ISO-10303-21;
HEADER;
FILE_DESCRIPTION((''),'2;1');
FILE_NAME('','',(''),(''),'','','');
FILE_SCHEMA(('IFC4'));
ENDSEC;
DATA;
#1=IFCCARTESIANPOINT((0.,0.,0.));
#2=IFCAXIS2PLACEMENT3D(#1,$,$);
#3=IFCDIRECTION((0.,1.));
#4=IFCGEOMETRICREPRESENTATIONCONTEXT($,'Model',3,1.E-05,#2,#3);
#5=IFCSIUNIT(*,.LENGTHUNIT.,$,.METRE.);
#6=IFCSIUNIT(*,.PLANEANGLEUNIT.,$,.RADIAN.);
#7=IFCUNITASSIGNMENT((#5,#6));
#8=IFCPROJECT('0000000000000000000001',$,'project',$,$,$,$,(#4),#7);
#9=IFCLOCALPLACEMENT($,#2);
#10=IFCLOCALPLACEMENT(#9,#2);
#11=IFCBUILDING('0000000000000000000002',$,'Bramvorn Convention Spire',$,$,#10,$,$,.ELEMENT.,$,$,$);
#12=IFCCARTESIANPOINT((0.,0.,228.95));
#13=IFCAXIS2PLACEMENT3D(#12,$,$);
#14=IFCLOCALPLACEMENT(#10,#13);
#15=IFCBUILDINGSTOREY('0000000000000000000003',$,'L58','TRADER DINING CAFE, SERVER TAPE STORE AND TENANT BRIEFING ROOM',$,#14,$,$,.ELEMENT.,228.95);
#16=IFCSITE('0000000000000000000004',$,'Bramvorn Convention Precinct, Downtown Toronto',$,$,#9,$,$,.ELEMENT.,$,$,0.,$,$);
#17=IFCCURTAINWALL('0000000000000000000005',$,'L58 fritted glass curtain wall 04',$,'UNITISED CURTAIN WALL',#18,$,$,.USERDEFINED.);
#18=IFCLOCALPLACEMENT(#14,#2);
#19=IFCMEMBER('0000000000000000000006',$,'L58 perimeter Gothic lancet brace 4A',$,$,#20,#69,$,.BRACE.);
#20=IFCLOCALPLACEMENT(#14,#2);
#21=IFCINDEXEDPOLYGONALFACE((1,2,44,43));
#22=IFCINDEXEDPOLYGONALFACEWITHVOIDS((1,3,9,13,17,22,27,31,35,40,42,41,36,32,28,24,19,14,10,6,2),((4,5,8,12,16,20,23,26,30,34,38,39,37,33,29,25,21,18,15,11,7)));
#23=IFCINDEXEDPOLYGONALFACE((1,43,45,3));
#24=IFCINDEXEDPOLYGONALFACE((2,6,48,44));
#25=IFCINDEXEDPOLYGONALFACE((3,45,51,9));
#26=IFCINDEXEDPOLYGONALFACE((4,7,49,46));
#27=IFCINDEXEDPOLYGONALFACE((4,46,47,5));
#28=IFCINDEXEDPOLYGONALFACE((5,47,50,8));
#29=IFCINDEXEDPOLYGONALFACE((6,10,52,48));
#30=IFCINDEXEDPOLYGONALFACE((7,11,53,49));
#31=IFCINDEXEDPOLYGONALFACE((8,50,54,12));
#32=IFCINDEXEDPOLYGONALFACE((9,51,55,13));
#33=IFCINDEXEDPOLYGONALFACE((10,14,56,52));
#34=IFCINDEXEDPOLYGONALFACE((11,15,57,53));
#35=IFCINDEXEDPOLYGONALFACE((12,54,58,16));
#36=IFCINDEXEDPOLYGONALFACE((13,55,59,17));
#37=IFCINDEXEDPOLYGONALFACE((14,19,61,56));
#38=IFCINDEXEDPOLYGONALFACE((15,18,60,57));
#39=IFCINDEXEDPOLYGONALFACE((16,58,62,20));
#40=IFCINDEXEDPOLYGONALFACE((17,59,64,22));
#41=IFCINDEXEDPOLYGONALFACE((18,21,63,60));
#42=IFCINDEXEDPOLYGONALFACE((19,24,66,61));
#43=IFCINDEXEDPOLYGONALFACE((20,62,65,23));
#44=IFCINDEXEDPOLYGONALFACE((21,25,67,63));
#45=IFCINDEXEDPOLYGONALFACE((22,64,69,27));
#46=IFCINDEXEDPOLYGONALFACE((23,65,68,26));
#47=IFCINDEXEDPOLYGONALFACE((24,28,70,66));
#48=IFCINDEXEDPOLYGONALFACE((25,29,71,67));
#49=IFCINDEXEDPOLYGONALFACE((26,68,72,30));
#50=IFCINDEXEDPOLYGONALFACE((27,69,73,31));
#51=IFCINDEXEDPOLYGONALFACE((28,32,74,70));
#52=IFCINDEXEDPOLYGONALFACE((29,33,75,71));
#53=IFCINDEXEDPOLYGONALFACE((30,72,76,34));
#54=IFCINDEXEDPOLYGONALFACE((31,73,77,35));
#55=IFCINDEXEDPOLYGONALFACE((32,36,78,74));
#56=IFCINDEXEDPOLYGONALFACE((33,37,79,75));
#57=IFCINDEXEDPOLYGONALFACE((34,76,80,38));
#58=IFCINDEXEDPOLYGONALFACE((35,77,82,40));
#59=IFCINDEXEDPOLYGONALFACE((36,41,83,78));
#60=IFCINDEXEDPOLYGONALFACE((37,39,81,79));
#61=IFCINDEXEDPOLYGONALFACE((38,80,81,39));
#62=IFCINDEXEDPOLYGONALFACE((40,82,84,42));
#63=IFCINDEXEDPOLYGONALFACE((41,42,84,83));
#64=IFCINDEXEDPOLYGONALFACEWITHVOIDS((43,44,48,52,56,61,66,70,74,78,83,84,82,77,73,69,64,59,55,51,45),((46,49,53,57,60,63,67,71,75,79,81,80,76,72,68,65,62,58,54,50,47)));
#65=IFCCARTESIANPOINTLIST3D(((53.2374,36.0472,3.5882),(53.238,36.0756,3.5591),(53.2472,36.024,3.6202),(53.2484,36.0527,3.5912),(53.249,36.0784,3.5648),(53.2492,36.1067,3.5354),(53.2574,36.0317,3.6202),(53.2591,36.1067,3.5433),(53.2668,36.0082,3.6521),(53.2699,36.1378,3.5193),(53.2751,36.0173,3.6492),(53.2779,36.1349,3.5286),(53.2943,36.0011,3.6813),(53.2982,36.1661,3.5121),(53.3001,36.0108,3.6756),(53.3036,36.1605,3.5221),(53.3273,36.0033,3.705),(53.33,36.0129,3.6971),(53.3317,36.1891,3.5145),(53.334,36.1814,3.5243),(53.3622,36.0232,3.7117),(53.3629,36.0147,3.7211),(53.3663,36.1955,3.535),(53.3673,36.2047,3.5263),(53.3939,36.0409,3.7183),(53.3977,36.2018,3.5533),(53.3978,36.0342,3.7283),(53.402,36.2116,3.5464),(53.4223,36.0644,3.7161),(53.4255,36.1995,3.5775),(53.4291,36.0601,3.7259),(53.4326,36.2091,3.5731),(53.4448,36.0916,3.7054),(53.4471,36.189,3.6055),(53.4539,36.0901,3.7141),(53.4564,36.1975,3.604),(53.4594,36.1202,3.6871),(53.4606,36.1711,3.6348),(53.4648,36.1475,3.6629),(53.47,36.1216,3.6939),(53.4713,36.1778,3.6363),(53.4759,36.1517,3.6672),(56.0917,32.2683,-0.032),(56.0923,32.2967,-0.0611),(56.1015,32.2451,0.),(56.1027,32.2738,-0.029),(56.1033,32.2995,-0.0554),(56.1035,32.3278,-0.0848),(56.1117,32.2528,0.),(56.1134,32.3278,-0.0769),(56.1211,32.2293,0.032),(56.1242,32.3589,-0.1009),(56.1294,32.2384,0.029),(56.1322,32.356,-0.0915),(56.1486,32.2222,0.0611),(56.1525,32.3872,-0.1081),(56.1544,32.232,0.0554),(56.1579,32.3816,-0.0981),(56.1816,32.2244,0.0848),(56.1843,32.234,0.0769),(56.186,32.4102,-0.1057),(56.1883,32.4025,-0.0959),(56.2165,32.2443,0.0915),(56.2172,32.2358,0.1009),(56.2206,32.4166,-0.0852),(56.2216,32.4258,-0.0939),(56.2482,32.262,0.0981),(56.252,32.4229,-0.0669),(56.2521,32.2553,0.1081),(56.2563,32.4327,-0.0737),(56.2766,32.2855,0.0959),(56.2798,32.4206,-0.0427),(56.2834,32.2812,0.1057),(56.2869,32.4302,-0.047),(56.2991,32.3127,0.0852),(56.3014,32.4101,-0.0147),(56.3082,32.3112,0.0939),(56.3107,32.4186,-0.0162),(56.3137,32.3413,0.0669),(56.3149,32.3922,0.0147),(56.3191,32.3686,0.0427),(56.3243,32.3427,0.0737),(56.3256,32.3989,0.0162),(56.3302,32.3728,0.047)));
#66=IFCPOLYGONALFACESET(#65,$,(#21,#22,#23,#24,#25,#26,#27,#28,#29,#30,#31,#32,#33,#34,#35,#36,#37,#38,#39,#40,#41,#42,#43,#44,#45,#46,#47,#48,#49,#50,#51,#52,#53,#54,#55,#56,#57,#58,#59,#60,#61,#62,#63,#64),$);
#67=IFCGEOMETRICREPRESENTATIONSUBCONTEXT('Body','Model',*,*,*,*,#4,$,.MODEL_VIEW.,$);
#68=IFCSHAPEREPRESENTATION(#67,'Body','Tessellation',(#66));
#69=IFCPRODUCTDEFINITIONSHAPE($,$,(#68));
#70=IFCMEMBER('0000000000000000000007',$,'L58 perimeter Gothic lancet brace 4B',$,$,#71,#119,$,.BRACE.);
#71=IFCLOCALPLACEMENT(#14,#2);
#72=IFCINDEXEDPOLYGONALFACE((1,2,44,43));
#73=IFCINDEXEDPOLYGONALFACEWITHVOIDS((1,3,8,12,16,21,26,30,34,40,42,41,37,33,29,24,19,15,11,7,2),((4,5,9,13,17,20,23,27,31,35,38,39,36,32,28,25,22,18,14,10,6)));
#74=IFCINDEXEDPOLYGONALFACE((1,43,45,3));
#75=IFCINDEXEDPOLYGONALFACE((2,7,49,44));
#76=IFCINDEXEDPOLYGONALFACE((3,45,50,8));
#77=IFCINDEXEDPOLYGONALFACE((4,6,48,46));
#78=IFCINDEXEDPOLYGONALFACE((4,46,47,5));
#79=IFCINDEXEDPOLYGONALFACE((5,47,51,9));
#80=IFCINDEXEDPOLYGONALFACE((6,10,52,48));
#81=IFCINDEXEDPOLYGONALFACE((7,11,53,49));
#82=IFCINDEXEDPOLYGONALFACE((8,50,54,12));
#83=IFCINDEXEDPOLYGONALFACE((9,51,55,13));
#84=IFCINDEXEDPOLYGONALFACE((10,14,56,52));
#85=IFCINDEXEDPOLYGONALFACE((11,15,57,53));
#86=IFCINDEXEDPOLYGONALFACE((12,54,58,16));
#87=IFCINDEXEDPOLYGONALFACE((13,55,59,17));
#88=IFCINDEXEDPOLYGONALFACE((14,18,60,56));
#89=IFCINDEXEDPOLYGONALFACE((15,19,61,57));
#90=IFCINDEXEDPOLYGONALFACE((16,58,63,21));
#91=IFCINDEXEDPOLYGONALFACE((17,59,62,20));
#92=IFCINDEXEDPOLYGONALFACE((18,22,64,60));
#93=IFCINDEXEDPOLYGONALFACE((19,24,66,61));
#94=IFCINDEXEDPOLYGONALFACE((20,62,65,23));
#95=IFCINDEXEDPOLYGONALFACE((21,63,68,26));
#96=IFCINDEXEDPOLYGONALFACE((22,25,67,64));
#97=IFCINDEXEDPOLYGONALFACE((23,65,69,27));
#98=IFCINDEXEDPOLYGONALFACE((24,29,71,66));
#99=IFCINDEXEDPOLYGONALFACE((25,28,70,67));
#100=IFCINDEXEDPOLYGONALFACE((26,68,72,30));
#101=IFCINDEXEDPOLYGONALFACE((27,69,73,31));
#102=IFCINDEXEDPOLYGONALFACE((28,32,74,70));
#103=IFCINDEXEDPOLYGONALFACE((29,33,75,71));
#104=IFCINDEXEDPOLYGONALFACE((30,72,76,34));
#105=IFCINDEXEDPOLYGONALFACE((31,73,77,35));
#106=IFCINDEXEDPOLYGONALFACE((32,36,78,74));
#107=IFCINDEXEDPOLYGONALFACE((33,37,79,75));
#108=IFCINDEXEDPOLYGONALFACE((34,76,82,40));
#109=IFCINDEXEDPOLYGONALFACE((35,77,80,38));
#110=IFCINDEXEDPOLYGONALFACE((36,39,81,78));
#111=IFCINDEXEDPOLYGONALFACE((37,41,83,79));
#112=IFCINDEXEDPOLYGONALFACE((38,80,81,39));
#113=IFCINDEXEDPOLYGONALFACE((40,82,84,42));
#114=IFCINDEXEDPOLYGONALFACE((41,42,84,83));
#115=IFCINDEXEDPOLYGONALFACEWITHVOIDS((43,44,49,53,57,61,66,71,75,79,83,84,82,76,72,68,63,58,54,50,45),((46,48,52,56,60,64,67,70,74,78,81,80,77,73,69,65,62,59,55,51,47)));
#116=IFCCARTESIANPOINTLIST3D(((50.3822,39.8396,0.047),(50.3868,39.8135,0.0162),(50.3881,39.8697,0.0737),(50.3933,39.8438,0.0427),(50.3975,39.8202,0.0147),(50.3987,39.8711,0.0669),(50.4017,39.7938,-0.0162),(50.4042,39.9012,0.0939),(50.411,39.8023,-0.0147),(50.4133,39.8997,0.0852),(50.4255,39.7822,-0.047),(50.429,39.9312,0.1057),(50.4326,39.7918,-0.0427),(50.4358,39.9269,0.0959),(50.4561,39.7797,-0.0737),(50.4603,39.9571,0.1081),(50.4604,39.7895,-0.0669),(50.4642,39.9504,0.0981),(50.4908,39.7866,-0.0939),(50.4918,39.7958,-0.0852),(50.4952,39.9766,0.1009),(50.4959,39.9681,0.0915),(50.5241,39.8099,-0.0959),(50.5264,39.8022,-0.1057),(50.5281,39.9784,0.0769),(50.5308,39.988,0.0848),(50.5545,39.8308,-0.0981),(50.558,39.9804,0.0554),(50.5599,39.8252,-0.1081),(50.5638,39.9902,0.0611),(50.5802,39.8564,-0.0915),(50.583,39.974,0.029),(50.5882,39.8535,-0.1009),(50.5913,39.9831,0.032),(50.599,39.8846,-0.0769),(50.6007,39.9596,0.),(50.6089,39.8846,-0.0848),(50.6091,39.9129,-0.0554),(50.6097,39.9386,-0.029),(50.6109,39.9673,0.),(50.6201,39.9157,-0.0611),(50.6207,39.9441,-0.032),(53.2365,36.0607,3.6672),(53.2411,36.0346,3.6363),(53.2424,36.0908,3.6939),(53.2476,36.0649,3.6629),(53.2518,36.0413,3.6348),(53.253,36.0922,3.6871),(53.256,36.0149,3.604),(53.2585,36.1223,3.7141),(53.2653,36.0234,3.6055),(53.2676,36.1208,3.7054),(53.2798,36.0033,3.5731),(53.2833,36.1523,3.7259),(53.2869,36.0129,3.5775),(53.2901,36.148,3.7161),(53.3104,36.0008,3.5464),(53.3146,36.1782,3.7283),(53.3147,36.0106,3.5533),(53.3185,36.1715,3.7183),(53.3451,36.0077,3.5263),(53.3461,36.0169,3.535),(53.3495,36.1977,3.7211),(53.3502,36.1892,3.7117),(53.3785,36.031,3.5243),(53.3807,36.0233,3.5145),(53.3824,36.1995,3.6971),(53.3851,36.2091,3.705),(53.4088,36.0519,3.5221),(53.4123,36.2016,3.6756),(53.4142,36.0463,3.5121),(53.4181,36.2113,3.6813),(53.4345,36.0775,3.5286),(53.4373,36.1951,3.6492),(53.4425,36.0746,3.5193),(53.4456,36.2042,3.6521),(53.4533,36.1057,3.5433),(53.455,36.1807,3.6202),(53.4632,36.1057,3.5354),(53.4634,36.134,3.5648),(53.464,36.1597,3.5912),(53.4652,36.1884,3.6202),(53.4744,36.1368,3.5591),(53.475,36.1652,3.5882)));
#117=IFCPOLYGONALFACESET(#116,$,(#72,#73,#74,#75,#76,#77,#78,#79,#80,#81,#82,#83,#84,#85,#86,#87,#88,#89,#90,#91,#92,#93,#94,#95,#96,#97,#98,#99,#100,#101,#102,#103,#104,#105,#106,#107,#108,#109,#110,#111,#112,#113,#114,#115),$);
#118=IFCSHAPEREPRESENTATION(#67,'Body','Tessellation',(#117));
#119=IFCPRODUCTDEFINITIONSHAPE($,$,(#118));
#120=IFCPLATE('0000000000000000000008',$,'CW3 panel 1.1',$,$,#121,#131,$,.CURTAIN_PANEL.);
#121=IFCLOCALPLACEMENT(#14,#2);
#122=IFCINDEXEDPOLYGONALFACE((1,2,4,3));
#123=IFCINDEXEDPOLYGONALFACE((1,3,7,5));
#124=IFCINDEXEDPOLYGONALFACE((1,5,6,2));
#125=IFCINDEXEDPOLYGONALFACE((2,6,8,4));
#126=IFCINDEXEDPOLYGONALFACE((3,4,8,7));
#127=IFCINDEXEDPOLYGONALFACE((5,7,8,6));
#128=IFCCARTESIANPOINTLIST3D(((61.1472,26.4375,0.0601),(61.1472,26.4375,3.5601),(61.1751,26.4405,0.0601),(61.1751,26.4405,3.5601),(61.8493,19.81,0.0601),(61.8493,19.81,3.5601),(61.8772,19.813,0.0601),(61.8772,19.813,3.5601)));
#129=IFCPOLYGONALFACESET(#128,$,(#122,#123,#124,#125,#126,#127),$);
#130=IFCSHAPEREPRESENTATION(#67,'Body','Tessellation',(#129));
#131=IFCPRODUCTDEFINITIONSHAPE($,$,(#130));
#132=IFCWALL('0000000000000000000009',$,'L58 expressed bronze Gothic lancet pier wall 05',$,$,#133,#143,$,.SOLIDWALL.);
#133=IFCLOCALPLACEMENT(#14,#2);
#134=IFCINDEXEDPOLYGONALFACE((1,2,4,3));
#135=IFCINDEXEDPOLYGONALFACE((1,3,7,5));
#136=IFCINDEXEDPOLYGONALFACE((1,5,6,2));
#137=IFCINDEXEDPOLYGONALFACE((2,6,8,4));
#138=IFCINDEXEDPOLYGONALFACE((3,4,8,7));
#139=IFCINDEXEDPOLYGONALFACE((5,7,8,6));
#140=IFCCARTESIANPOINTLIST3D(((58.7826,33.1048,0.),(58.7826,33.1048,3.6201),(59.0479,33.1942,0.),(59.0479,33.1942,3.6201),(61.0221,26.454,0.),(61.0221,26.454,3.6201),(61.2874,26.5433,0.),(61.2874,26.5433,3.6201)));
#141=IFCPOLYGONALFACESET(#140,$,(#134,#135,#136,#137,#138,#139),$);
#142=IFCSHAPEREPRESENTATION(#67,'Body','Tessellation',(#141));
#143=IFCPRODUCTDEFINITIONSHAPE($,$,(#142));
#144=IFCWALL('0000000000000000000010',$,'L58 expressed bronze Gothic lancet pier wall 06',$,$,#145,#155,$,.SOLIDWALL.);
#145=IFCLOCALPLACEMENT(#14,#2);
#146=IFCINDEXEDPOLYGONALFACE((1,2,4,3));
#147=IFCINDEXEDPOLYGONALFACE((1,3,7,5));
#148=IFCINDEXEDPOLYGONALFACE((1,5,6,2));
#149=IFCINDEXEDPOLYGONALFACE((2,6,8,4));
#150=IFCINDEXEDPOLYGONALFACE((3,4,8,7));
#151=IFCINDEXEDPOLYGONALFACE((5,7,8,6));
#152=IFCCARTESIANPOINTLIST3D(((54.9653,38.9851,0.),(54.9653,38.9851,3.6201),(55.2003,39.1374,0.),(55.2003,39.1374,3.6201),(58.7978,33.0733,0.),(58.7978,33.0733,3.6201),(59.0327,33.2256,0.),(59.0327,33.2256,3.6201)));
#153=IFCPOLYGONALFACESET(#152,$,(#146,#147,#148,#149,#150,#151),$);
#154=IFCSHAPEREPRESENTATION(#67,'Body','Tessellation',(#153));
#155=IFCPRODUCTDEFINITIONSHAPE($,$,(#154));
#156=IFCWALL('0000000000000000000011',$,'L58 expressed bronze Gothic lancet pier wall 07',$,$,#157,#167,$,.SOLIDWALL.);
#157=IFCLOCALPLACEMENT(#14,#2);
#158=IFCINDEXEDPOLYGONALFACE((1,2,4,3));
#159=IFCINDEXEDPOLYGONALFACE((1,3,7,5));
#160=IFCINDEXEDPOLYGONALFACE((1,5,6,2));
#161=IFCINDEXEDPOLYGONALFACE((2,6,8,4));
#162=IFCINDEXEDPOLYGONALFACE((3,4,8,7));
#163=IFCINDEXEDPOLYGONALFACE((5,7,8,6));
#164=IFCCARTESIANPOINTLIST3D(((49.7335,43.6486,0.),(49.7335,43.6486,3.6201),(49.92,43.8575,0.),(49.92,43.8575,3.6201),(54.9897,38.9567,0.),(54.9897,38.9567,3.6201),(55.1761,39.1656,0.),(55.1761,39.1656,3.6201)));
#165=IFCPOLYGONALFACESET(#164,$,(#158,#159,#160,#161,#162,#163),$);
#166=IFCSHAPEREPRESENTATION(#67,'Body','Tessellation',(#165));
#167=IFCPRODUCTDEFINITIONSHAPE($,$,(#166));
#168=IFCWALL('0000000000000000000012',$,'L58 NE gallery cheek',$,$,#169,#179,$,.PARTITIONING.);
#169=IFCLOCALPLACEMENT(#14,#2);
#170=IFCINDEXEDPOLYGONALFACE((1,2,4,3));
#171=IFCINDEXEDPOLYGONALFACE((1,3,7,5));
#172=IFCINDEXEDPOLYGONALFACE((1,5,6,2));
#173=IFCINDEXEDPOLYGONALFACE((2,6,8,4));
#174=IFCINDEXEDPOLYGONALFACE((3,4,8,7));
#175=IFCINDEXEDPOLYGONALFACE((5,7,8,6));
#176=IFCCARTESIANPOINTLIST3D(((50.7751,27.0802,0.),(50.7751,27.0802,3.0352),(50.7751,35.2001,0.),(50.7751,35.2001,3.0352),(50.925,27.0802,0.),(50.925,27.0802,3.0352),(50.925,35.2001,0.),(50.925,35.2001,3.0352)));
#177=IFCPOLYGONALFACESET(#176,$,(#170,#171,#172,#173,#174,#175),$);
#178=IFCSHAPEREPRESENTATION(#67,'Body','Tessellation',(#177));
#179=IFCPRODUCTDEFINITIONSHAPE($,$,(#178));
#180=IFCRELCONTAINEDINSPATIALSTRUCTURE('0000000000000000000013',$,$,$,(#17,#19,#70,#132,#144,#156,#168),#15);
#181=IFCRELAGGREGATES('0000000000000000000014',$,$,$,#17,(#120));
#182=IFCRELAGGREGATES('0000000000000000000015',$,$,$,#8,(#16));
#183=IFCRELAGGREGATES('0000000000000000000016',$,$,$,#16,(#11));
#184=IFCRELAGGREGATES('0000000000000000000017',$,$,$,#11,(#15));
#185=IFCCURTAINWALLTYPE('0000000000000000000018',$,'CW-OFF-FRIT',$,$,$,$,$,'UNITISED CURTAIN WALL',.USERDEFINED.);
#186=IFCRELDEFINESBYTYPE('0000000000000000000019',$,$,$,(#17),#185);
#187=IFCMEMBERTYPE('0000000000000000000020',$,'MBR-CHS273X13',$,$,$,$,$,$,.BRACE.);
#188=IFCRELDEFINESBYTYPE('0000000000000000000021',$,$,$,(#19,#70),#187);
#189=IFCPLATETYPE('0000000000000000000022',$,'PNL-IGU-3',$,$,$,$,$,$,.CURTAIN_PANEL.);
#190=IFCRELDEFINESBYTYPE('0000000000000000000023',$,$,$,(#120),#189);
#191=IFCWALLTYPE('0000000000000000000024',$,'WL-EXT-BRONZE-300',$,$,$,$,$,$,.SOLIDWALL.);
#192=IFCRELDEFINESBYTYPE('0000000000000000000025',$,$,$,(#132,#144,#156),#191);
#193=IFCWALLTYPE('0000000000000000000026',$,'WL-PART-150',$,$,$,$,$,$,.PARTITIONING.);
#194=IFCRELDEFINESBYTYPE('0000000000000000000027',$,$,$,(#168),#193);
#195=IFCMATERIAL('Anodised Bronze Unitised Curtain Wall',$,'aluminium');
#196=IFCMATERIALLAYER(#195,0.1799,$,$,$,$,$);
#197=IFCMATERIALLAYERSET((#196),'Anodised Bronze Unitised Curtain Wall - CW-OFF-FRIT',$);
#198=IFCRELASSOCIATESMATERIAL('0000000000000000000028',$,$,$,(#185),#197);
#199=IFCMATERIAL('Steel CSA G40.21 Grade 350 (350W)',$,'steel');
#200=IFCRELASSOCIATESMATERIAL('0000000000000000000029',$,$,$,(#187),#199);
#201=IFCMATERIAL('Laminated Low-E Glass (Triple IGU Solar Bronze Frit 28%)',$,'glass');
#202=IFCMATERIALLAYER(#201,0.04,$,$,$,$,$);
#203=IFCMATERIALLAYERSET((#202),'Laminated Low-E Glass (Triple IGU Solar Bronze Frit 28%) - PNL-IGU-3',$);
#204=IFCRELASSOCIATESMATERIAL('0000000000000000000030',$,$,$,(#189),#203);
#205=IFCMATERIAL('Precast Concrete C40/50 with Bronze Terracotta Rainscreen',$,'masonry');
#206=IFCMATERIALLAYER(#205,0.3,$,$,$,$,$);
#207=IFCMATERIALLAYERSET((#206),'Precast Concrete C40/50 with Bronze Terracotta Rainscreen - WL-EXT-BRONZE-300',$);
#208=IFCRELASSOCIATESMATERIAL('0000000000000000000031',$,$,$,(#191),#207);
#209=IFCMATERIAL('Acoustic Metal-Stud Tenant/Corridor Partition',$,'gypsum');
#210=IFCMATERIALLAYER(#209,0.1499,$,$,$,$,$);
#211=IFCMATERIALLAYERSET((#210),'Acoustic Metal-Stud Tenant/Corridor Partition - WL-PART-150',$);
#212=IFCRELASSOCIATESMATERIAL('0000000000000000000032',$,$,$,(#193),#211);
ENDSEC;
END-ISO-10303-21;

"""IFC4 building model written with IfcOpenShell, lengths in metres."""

from ifc_helpers import new_model, si_unit, direction, frame, frame_2d, origin, origin_2d, place, context, subcontext, project, spatial, rectangle, hollow_circle, extrude, material, layer, layer_set, material_profile, profile_set, type_object, element, aggregate, save


model = new_model("IFC4")

# Units and contexts
model_context = context("Model", 3, precision=1e-05, world=origin(), true_north=direction((0.0, 1.0)))
body_context = subcontext(model_context, "Body", "Model", "MODEL_VIEW")
ifc_project = project(units=[si_unit("LENGTHUNIT", "METRE"), si_unit("PLANEANGLEUNIT", "RADIAN")], contexts=[model_context])

# Site, building, storey
site_placement = place(None, origin())
site = spatial("IfcSite", under=ifc_project, at=site_placement, Name="Bramvorn Convention Precinct, Downtown Toronto", CompositionType="ELEMENT", RefElevation=0.0)
building_placement = place(site_placement, origin())
building = spatial("IfcBuilding", under=site, at=building_placement, Name="Bramvorn Convention Spire", CompositionType="ELEMENT")
storey_placement = place(building_placement, frame((0.0, 0.0, 228.95)))
storey = spatial("IfcBuildingStorey", under=building, at=storey_placement, Name="L58", Description="TRADER DINING CAFE, SERVER TAPE STORE AND TENANT BRIEFING ROOM", CompositionType="ELEMENT", Elevation=228.95)

# Shared definitions
ifc_material_1 = material(Name="Steel CSA G40.21 Grade 350 (350W)", Category="steel")

# Curtain wall
ifc_material_2 = material(Name="Anodised Bronze Unitised Curtain Wall", Category="aluminium")
ifc_layer_1 = layer(ifc_material_2, 0.1799)
ifc_layer_set_1 = layer_set([ifc_layer_1], Name="Anodised Bronze Unitised Curtain Wall - CW-OFF-FRIT")
curtain_wall_type = type_object("IfcCurtainWallType", Name="CW-OFF-FRIT", ElementType="UNITISED CURTAIN WALL", PredefinedType="USERDEFINED", material=ifc_layer_set_1)
curtain_wall_placement = place(storey_placement, origin())
curtain_wall = element("IfcCurtainWall", 1, at=curtain_wall_placement, inside=storey, type_object=curtain_wall_type, Name="L58 fritted glass curtain wall 04", ObjectType="UNITISED CURTAIN WALL", PredefinedType="USERDEFINED")

# Members
ifc_material_profile_1 = material_profile(ifc_material_1, hollow_circle(Radius=0.1365, WallThickness=0.0127, at=origin_2d()))
ifc_profile_set_1 = profile_set([ifc_material_profile_1], Name="Steel CSA G40.21 Grade 350 (350W) - CHS273X13")
member_type_1 = type_object("IfcMemberType", Name="MBR-CHS273X13", PredefinedType="BRACE", material=ifc_profile_set_1)
for number, where, z_axis, x_axis, name in (
    (2, (56.2104, 32.3274, 0.0), (-0.478835, 0.633941, 0.607319), (-0.797954, -0.602719, 0.0), "L58 perimeter Gothic lancet brace 4A"),
    (3, (50.502, 39.885, 0.0), (0.478835, -0.633941, 0.607319), (0.797954, 0.602719, 0.0), "L58 perimeter Gothic lancet brace 4B"),
):
    element("IfcMember", number, at=place(storey_placement, frame(where, z_axis=z_axis, x_axis=x_axis)), inside=storey, type_object=member_type_1, Name=name, PredefinedType="BRACE", context=body_context, shape_type="SweptSolid", body=[
        extrude(hollow_circle(Radius=0.1365, WallThickness=0.0127, at=origin_2d()), origin(), (0.0, 0.0, 1.0), 5.9609),
    ])

# Plate
ifc_material_3 = material(Name="Laminated Low-E Glass (Triple IGU Solar Bronze Frit 28%)", Category="glass")
ifc_layer_2 = layer(ifc_material_3, 0.04)
ifc_layer_set_2 = layer_set([ifc_layer_2], Name="Laminated Low-E Glass (Triple IGU Solar Bronze Frit 28%) - PNL-IGU-3")
plate_type = type_object("IfcPlateType", Name="PNL-IGU-3", PredefinedType="CURTAIN_PANEL", material=ifc_layer_set_2)
plate_placement = place(storey_placement, frame((61.5122, 23.1252, 0.0601), z_axis=(0.0, 0.0, 1.0), x_axis=(0.105342, -0.994436, 0.0)))
plate = element("IfcPlate", 4, at=plate_placement, type_object=plate_type, Name="CW3 panel 1.1", PredefinedType="CURTAIN_PANEL", context=body_context, shape_type="SweptSolid", body=[
    extrude(rectangle(XDim=6.6646, YDim=0.0281, at=origin_2d()), origin(), (0.0, 0.0, 1.0), 3.5),
])
aggregate(curtain_wall, [plate])

# Walls
ifc_material_4 = material(Name="Precast Concrete C40/50 with Bronze Terracotta Rainscreen", Category="masonry")
ifc_layer_3 = layer(ifc_material_4, 0.3)
ifc_layer_set_3 = layer_set([ifc_layer_3], Name="Precast Concrete C40/50 with Bronze Terracotta Rainscreen - WL-EXT-BRONZE-300")
wall_type_1 = type_object("IfcWallType", Name="WL-EXT-BRONZE-300", PredefinedType="SOLIDWALL", material=ifc_layer_set_3)
wall_1_placement = place(storey_placement, frame((58.9153, 33.1494, 0.0), z_axis=(0.0, 0.0, 1.0), x_axis=(0.319117, -0.947715, 0.0)))
element("IfcWall", 5, at=wall_1_placement, inside=storey, type_object=wall_type_1, Name="L58 expressed bronze Gothic lancet pier wall 05", PredefinedType="SOLIDWALL", context=body_context, shape_type="SweptSolid", body=[
    extrude(rectangle(XDim=7.0178, YDim=0.28, at=frame_2d((3.5088, 0.0))), origin(), (0.0, 0.0, 1.0), 3.6201),
])
wall_2_placement = place(storey_placement, frame((55.0828, 39.0613, 0.0), z_axis=(0.0, 0.0, 1.0), x_axis=(0.543971, -0.839104, 0.0)))
element("IfcWall", 6, at=wall_2_placement, inside=storey, type_object=wall_type_1, Name="L58 expressed bronze Gothic lancet pier wall 06", PredefinedType="SOLIDWALL", context=body_context, shape_type="SweptSolid", body=[
    extrude(rectangle(XDim=7.0454, YDim=0.28, at=frame_2d((3.5227, 0.0))), origin(), (0.0, 0.0, 1.0), 3.6201),
])
wall_3_placement = place(storey_placement, frame((49.8267, 43.7532, 0.0), z_axis=(0.0, 0.0, 1.0), x_axis=(0.746012, -0.665932, 0.0)))
element("IfcWall", 7, at=wall_3_placement, inside=storey, type_object=wall_type_1, Name="L58 expressed bronze Gothic lancet pier wall 07", PredefinedType="SOLIDWALL", context=body_context, shape_type="SweptSolid", body=[
    extrude(rectangle(XDim=7.0457, YDim=0.28, at=frame_2d((3.5229, 0.0))), origin(), (0.0, 0.0, 1.0), 3.6201),
])
ifc_material_5 = material(Name="Acoustic Metal-Stud Tenant/Corridor Partition", Category="gypsum")
ifc_layer_4 = layer(ifc_material_5, 0.1499)
ifc_layer_set_4 = layer_set([ifc_layer_4], Name="Acoustic Metal-Stud Tenant/Corridor Partition - WL-PART-150")
wall_type_2 = type_object("IfcWallType", Name="WL-PART-150", PredefinedType="PARTITIONING", material=ifc_layer_set_4)
wall_4_placement = place(storey_placement, frame((50.8501, 27.0801, 0.0), z_axis=(0.0, 0.0, 1.0), x_axis=(0.0, 1.0, 0.0)))
element("IfcWall", 8, at=wall_4_placement, inside=storey, type_object=wall_type_2, Name="L58 NE gallery cheek", PredefinedType="PARTITIONING", context=body_context, shape_type="SweptSolid", body=[
    extrude(rectangle(XDim=8.1199, YDim=0.1499, at=frame_2d((4.0601, 0.0))), origin(), (0.0, 0.0, 1.0), 3.0352),
])

save(model, "model.ifc")
